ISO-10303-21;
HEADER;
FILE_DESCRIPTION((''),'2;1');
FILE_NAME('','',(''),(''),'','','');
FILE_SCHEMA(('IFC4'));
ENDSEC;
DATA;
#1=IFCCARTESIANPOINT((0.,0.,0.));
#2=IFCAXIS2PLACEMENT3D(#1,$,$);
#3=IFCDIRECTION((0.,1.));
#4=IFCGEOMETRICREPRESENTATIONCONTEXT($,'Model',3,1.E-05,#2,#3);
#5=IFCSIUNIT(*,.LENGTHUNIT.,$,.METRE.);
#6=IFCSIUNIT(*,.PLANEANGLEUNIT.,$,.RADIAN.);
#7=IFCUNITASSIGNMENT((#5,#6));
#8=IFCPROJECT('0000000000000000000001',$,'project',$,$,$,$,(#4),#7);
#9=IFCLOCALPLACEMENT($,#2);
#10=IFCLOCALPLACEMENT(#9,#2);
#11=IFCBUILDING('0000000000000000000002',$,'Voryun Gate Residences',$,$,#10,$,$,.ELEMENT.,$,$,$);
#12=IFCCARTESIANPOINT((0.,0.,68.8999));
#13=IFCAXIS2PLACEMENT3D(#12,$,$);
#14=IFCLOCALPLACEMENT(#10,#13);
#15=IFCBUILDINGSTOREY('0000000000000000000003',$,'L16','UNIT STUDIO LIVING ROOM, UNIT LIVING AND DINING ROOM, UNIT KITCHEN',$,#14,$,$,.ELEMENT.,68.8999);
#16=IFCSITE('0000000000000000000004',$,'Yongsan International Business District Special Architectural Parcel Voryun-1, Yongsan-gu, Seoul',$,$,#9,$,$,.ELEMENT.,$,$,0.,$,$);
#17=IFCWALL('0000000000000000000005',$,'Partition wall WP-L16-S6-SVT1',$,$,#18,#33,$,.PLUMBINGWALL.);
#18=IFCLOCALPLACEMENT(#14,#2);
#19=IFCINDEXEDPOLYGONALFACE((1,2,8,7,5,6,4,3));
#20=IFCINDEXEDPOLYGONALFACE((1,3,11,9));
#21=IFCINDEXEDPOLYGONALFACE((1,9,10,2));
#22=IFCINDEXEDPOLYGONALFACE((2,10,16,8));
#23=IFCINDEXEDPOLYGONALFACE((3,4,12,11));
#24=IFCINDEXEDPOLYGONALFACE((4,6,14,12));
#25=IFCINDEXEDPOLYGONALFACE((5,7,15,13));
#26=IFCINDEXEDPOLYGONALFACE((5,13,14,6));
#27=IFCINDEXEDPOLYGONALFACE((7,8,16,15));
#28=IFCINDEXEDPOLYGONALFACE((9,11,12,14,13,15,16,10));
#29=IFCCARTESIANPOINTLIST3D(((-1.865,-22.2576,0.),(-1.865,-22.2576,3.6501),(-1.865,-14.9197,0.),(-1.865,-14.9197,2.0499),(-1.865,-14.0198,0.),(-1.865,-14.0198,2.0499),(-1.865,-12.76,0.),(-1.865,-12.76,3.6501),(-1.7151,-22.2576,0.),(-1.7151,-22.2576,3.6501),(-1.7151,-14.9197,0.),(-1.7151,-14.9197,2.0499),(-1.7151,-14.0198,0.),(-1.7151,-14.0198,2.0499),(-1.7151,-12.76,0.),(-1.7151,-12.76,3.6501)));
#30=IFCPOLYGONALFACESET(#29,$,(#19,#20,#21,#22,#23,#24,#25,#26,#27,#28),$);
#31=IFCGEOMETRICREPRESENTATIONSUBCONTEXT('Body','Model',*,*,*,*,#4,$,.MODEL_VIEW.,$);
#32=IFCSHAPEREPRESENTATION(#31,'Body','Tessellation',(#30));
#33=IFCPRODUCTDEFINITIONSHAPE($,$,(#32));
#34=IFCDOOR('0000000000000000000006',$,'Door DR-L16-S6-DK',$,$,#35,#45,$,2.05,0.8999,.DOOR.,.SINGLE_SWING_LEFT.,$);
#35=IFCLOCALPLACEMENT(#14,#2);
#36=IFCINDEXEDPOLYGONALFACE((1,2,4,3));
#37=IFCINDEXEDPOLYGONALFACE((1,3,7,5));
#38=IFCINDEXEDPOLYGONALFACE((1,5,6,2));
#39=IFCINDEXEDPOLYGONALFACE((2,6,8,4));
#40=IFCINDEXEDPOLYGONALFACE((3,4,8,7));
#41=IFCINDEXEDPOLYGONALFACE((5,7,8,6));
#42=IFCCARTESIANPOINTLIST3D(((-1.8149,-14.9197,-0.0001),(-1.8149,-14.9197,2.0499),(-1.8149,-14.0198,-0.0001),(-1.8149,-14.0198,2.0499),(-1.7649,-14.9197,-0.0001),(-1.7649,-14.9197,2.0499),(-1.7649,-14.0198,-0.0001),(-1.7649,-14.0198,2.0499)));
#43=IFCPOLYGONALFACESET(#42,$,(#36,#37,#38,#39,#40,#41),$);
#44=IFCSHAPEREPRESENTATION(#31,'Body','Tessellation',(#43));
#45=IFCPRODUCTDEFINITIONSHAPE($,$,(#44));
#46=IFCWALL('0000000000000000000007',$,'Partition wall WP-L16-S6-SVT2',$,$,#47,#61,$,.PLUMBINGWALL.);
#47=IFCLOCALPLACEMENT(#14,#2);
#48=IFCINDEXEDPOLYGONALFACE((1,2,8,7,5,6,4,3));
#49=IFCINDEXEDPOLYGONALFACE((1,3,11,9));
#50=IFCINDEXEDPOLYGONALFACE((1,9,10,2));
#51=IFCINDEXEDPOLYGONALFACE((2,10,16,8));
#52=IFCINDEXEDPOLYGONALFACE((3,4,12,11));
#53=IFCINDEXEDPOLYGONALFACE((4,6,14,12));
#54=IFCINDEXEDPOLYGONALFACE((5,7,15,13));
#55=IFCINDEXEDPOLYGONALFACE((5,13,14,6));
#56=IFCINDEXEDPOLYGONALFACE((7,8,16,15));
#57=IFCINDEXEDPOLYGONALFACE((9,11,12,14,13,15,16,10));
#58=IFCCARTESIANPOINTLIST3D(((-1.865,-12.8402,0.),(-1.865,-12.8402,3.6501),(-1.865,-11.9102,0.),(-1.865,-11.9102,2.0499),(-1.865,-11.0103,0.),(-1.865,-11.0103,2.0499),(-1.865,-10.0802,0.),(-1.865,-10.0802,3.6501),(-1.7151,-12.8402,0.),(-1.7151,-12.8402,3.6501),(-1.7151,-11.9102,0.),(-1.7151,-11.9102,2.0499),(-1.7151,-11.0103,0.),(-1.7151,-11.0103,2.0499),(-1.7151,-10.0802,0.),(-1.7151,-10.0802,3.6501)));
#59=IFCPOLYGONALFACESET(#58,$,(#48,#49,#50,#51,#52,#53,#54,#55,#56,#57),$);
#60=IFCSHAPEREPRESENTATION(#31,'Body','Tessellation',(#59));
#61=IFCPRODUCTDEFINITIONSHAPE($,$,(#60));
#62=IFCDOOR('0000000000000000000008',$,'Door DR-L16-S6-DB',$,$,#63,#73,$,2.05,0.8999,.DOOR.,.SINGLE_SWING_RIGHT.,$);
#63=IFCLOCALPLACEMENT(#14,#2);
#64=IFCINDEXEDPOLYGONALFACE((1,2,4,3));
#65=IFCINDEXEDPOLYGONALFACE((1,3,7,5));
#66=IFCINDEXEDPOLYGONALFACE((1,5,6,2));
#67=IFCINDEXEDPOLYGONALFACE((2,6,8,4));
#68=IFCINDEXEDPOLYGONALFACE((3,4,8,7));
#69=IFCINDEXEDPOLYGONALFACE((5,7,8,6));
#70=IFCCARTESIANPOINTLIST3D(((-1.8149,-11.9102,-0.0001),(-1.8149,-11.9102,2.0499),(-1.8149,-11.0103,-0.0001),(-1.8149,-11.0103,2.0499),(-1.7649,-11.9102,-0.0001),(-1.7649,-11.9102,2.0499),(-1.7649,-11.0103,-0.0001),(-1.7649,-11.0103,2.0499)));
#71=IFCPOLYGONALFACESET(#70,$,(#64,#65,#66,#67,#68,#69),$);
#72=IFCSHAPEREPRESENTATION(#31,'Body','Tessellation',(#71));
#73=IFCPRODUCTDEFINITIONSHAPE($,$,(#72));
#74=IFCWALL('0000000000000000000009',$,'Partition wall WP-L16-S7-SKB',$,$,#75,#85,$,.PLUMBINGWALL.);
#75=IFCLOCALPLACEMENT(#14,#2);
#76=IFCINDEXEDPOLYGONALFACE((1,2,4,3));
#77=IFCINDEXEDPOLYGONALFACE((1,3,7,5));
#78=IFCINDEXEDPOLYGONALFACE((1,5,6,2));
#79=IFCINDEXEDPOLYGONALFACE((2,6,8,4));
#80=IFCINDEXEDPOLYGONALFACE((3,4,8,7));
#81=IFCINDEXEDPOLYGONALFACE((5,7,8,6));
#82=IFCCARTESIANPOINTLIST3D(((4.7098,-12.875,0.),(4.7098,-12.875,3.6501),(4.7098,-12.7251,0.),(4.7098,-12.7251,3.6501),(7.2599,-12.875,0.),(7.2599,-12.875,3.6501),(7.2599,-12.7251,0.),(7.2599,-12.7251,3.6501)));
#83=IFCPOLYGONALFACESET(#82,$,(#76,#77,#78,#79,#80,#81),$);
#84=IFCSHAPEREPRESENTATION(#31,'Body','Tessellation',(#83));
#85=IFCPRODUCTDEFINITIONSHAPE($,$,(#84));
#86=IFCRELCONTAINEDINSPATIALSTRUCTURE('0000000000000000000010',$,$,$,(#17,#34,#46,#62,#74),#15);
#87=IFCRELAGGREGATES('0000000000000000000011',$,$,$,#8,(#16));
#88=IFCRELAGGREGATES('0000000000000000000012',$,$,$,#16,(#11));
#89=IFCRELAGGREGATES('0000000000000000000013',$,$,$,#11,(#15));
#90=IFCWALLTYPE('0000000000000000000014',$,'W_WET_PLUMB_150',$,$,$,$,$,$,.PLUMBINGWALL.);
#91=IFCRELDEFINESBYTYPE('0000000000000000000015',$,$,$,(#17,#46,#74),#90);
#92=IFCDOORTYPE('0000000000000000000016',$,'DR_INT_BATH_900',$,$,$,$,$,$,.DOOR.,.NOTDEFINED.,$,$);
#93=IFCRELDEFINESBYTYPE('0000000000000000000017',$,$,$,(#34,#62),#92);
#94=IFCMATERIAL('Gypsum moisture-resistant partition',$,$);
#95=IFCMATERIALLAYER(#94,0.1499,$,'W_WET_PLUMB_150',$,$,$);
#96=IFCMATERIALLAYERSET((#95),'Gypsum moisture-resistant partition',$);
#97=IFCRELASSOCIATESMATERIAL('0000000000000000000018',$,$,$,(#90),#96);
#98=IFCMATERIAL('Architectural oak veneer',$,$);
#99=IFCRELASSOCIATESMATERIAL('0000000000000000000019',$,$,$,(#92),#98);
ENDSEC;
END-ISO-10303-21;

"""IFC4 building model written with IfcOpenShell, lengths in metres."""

from ifc_helpers import new_model, si_unit, direction, frame, frame_2d, origin, place, context, subcontext, project, spatial, rectangle, extrude, material, layer, layer_set, type_object, element, fill, save


model = new_model("IFC4")

# Units and contexts
model_context = context("Model", 3, precision=1e-05, world=origin(), true_north=direction((0.0, 1.0)))
body_context = subcontext(model_context, "Body", "Model", "MODEL_VIEW")
ifc_project = project(units=[si_unit("LENGTHUNIT", "METRE"), si_unit("PLANEANGLEUNIT", "RADIAN")], contexts=[model_context])

# Site, building, storey
site_placement = place(None, origin())
site = spatial("IfcSite", under=ifc_project, at=site_placement, Name="Yongsan International Business District Special Architectural Parcel Voryun-1, Yongsan-gu, Seoul", CompositionType="ELEMENT", RefElevation=0.0)
building_placement = place(site_placement, origin())
building = spatial("IfcBuilding", under=site, at=building_placement, Name="Voryun Gate Residences", CompositionType="ELEMENT")
storey_placement = place(building_placement, frame((0.0, 0.0, 68.8999)))
storey = spatial("IfcBuildingStorey", under=building, at=storey_placement, Name="L16", Description="UNIT STUDIO LIVING ROOM, UNIT LIVING AND DINING ROOM, UNIT KITCHEN", CompositionType="ELEMENT", Elevation=68.8999)

# Shared definitions
ifc_material_1 = material(Name="Gypsum moisture-resistant partition")
ifc_layer_1 = layer(ifc_material_1, 0.1499, Name="W_WET_PLUMB_150")
ifc_layer_set_1 = layer_set([ifc_layer_1], Name="Gypsum moisture-resistant partition")
wall_type_1 = type_object("IfcWallType", Name="W_WET_PLUMB_150", PredefinedType="PLUMBINGWALL", material=ifc_layer_set_1)

# Walls, openings, doors
wall_1_placement = place(storey_placement, frame((-1.79, -22.2576, 0.0), z_axis=(0.0, 0.0, 1.0), x_axis=(0.0, 1.0, 0.0)))
wall_1 = element("IfcWall", 1, at=wall_1_placement, inside=storey, type_object=wall_type_1, Name="Partition wall WP-L16-S6-SVT1", PredefinedType="PLUMBINGWALL", context=body_context, shape_type="SweptSolid", body=[
    extrude(rectangle(XDim=9.4976, YDim=0.1499, at=frame_2d((4.7488, 0.0))), origin(), (0.0, 0.0, 1.0), 3.6501),
])
opening_1_placement = place(wall_1_placement, frame((7.3379, 0.0, 0.0)))
opening_1 = element("IfcOpeningElement", 2, at=opening_1_placement, cuts=wall_1, PredefinedType="OPENING", context=body_context, shape_type="SweptSolid", body=[
    extrude(rectangle(XDim=0.8999, YDim=2.05, at=frame_2d((0.45, 1.0249))), frame((0.0, 0.085, 0.0), z_axis=(0.0, -1.0, 0.0), x_axis=(1.0, 0.0, 0.0)), (0.0, 0.0, 1.0), 0.1699),
])
ifc_material_2 = material(Name="Architectural oak veneer")
door_type_1 = type_object("IfcDoorType", Name="DR_INT_BATH_900", OperationType="NOTDEFINED", PredefinedType="DOOR", material=ifc_material_2)
door_1_placement = place(opening_1_placement, origin())
door_1 = element("IfcDoor", 3, at=door_1_placement, inside=storey, type_object=door_type_1, Name="Door DR-L16-S6-DK", OperationType="SINGLE_SWING_LEFT", OverallHeight=2.05, OverallWidth=0.8999, PredefinedType="DOOR", context=body_context, shape_type="SweptSolid", body=[
    extrude(rectangle(XDim=0.8999, YDim=2.05, at=frame_2d((0.45, 1.0249))), frame((0.0, 0.0249, 0.0), z_axis=(0.0, -1.0, 0.0), x_axis=(1.0, 0.0, 0.0)), (0.0, 0.0, 1.0), 0.05),
])
fill(opening_1, door_1)
wall_2_placement = place(storey_placement, frame((-1.79, -12.8401, 0.0), z_axis=(0.0, 0.0, 1.0), x_axis=(0.0, 1.0, 0.0)))
wall_2 = element("IfcWall", 4, at=wall_2_placement, inside=storey, type_object=wall_type_1, Name="Partition wall WP-L16-S6-SVT2", PredefinedType="PLUMBINGWALL", context=body_context, shape_type="SweptSolid", body=[
    extrude(rectangle(XDim=2.76, YDim=0.1499, at=frame_2d((1.3799, 0.0))), origin(), (0.0, 0.0, 1.0), 3.6501),
])
opening_2_placement = place(wall_2_placement, frame((0.9299, 0.0, 0.0)))
opening_2 = element("IfcOpeningElement", 5, at=opening_2_placement, cuts=wall_2, PredefinedType="OPENING", context=body_context, shape_type="SweptSolid", body=[
    extrude(rectangle(XDim=0.8999, YDim=2.05, at=frame_2d((0.45, 1.0249))), frame((0.0, 0.085, 0.0), z_axis=(0.0, -1.0, 0.0), x_axis=(1.0, 0.0, 0.0)), (0.0, 0.0, 1.0), 0.1699),
])
door_2_placement = place(opening_2_placement, origin())
door_2 = element("IfcDoor", 6, at=door_2_placement, inside=storey, type_object=door_type_1, Name="Door DR-L16-S6-DB", OperationType="SINGLE_SWING_RIGHT", OverallHeight=2.05, OverallWidth=0.8999, PredefinedType="DOOR", context=body_context, shape_type="SweptSolid", body=[
    extrude(rectangle(XDim=0.8999, YDim=2.05, at=frame_2d((0.45, 1.0249))), frame((0.0, 0.0249, 0.0), z_axis=(0.0, -1.0, 0.0), x_axis=(1.0, 0.0, 0.0)), (0.0, 0.0, 1.0), 0.05),
])
fill(opening_2, door_2)

# Wall
wall_3_placement = place(storey_placement, frame((4.71, -12.8, 0.0), z_axis=(0.0, 0.0, 1.0), x_axis=(1.0, 0.0, 0.0)))
element("IfcWall", 7, at=wall_3_placement, inside=storey, type_object=wall_type_1, Name="Partition wall WP-L16-S7-SKB", PredefinedType="PLUMBINGWALL", context=body_context, shape_type="SweptSolid", body=[
    extrude(rectangle(XDim=2.55, YDim=0.1499, at=frame_2d((1.2749, 0.0))), origin(), (0.0, 0.0, 1.0), 3.6501),
])

save(model, "model.ifc")
